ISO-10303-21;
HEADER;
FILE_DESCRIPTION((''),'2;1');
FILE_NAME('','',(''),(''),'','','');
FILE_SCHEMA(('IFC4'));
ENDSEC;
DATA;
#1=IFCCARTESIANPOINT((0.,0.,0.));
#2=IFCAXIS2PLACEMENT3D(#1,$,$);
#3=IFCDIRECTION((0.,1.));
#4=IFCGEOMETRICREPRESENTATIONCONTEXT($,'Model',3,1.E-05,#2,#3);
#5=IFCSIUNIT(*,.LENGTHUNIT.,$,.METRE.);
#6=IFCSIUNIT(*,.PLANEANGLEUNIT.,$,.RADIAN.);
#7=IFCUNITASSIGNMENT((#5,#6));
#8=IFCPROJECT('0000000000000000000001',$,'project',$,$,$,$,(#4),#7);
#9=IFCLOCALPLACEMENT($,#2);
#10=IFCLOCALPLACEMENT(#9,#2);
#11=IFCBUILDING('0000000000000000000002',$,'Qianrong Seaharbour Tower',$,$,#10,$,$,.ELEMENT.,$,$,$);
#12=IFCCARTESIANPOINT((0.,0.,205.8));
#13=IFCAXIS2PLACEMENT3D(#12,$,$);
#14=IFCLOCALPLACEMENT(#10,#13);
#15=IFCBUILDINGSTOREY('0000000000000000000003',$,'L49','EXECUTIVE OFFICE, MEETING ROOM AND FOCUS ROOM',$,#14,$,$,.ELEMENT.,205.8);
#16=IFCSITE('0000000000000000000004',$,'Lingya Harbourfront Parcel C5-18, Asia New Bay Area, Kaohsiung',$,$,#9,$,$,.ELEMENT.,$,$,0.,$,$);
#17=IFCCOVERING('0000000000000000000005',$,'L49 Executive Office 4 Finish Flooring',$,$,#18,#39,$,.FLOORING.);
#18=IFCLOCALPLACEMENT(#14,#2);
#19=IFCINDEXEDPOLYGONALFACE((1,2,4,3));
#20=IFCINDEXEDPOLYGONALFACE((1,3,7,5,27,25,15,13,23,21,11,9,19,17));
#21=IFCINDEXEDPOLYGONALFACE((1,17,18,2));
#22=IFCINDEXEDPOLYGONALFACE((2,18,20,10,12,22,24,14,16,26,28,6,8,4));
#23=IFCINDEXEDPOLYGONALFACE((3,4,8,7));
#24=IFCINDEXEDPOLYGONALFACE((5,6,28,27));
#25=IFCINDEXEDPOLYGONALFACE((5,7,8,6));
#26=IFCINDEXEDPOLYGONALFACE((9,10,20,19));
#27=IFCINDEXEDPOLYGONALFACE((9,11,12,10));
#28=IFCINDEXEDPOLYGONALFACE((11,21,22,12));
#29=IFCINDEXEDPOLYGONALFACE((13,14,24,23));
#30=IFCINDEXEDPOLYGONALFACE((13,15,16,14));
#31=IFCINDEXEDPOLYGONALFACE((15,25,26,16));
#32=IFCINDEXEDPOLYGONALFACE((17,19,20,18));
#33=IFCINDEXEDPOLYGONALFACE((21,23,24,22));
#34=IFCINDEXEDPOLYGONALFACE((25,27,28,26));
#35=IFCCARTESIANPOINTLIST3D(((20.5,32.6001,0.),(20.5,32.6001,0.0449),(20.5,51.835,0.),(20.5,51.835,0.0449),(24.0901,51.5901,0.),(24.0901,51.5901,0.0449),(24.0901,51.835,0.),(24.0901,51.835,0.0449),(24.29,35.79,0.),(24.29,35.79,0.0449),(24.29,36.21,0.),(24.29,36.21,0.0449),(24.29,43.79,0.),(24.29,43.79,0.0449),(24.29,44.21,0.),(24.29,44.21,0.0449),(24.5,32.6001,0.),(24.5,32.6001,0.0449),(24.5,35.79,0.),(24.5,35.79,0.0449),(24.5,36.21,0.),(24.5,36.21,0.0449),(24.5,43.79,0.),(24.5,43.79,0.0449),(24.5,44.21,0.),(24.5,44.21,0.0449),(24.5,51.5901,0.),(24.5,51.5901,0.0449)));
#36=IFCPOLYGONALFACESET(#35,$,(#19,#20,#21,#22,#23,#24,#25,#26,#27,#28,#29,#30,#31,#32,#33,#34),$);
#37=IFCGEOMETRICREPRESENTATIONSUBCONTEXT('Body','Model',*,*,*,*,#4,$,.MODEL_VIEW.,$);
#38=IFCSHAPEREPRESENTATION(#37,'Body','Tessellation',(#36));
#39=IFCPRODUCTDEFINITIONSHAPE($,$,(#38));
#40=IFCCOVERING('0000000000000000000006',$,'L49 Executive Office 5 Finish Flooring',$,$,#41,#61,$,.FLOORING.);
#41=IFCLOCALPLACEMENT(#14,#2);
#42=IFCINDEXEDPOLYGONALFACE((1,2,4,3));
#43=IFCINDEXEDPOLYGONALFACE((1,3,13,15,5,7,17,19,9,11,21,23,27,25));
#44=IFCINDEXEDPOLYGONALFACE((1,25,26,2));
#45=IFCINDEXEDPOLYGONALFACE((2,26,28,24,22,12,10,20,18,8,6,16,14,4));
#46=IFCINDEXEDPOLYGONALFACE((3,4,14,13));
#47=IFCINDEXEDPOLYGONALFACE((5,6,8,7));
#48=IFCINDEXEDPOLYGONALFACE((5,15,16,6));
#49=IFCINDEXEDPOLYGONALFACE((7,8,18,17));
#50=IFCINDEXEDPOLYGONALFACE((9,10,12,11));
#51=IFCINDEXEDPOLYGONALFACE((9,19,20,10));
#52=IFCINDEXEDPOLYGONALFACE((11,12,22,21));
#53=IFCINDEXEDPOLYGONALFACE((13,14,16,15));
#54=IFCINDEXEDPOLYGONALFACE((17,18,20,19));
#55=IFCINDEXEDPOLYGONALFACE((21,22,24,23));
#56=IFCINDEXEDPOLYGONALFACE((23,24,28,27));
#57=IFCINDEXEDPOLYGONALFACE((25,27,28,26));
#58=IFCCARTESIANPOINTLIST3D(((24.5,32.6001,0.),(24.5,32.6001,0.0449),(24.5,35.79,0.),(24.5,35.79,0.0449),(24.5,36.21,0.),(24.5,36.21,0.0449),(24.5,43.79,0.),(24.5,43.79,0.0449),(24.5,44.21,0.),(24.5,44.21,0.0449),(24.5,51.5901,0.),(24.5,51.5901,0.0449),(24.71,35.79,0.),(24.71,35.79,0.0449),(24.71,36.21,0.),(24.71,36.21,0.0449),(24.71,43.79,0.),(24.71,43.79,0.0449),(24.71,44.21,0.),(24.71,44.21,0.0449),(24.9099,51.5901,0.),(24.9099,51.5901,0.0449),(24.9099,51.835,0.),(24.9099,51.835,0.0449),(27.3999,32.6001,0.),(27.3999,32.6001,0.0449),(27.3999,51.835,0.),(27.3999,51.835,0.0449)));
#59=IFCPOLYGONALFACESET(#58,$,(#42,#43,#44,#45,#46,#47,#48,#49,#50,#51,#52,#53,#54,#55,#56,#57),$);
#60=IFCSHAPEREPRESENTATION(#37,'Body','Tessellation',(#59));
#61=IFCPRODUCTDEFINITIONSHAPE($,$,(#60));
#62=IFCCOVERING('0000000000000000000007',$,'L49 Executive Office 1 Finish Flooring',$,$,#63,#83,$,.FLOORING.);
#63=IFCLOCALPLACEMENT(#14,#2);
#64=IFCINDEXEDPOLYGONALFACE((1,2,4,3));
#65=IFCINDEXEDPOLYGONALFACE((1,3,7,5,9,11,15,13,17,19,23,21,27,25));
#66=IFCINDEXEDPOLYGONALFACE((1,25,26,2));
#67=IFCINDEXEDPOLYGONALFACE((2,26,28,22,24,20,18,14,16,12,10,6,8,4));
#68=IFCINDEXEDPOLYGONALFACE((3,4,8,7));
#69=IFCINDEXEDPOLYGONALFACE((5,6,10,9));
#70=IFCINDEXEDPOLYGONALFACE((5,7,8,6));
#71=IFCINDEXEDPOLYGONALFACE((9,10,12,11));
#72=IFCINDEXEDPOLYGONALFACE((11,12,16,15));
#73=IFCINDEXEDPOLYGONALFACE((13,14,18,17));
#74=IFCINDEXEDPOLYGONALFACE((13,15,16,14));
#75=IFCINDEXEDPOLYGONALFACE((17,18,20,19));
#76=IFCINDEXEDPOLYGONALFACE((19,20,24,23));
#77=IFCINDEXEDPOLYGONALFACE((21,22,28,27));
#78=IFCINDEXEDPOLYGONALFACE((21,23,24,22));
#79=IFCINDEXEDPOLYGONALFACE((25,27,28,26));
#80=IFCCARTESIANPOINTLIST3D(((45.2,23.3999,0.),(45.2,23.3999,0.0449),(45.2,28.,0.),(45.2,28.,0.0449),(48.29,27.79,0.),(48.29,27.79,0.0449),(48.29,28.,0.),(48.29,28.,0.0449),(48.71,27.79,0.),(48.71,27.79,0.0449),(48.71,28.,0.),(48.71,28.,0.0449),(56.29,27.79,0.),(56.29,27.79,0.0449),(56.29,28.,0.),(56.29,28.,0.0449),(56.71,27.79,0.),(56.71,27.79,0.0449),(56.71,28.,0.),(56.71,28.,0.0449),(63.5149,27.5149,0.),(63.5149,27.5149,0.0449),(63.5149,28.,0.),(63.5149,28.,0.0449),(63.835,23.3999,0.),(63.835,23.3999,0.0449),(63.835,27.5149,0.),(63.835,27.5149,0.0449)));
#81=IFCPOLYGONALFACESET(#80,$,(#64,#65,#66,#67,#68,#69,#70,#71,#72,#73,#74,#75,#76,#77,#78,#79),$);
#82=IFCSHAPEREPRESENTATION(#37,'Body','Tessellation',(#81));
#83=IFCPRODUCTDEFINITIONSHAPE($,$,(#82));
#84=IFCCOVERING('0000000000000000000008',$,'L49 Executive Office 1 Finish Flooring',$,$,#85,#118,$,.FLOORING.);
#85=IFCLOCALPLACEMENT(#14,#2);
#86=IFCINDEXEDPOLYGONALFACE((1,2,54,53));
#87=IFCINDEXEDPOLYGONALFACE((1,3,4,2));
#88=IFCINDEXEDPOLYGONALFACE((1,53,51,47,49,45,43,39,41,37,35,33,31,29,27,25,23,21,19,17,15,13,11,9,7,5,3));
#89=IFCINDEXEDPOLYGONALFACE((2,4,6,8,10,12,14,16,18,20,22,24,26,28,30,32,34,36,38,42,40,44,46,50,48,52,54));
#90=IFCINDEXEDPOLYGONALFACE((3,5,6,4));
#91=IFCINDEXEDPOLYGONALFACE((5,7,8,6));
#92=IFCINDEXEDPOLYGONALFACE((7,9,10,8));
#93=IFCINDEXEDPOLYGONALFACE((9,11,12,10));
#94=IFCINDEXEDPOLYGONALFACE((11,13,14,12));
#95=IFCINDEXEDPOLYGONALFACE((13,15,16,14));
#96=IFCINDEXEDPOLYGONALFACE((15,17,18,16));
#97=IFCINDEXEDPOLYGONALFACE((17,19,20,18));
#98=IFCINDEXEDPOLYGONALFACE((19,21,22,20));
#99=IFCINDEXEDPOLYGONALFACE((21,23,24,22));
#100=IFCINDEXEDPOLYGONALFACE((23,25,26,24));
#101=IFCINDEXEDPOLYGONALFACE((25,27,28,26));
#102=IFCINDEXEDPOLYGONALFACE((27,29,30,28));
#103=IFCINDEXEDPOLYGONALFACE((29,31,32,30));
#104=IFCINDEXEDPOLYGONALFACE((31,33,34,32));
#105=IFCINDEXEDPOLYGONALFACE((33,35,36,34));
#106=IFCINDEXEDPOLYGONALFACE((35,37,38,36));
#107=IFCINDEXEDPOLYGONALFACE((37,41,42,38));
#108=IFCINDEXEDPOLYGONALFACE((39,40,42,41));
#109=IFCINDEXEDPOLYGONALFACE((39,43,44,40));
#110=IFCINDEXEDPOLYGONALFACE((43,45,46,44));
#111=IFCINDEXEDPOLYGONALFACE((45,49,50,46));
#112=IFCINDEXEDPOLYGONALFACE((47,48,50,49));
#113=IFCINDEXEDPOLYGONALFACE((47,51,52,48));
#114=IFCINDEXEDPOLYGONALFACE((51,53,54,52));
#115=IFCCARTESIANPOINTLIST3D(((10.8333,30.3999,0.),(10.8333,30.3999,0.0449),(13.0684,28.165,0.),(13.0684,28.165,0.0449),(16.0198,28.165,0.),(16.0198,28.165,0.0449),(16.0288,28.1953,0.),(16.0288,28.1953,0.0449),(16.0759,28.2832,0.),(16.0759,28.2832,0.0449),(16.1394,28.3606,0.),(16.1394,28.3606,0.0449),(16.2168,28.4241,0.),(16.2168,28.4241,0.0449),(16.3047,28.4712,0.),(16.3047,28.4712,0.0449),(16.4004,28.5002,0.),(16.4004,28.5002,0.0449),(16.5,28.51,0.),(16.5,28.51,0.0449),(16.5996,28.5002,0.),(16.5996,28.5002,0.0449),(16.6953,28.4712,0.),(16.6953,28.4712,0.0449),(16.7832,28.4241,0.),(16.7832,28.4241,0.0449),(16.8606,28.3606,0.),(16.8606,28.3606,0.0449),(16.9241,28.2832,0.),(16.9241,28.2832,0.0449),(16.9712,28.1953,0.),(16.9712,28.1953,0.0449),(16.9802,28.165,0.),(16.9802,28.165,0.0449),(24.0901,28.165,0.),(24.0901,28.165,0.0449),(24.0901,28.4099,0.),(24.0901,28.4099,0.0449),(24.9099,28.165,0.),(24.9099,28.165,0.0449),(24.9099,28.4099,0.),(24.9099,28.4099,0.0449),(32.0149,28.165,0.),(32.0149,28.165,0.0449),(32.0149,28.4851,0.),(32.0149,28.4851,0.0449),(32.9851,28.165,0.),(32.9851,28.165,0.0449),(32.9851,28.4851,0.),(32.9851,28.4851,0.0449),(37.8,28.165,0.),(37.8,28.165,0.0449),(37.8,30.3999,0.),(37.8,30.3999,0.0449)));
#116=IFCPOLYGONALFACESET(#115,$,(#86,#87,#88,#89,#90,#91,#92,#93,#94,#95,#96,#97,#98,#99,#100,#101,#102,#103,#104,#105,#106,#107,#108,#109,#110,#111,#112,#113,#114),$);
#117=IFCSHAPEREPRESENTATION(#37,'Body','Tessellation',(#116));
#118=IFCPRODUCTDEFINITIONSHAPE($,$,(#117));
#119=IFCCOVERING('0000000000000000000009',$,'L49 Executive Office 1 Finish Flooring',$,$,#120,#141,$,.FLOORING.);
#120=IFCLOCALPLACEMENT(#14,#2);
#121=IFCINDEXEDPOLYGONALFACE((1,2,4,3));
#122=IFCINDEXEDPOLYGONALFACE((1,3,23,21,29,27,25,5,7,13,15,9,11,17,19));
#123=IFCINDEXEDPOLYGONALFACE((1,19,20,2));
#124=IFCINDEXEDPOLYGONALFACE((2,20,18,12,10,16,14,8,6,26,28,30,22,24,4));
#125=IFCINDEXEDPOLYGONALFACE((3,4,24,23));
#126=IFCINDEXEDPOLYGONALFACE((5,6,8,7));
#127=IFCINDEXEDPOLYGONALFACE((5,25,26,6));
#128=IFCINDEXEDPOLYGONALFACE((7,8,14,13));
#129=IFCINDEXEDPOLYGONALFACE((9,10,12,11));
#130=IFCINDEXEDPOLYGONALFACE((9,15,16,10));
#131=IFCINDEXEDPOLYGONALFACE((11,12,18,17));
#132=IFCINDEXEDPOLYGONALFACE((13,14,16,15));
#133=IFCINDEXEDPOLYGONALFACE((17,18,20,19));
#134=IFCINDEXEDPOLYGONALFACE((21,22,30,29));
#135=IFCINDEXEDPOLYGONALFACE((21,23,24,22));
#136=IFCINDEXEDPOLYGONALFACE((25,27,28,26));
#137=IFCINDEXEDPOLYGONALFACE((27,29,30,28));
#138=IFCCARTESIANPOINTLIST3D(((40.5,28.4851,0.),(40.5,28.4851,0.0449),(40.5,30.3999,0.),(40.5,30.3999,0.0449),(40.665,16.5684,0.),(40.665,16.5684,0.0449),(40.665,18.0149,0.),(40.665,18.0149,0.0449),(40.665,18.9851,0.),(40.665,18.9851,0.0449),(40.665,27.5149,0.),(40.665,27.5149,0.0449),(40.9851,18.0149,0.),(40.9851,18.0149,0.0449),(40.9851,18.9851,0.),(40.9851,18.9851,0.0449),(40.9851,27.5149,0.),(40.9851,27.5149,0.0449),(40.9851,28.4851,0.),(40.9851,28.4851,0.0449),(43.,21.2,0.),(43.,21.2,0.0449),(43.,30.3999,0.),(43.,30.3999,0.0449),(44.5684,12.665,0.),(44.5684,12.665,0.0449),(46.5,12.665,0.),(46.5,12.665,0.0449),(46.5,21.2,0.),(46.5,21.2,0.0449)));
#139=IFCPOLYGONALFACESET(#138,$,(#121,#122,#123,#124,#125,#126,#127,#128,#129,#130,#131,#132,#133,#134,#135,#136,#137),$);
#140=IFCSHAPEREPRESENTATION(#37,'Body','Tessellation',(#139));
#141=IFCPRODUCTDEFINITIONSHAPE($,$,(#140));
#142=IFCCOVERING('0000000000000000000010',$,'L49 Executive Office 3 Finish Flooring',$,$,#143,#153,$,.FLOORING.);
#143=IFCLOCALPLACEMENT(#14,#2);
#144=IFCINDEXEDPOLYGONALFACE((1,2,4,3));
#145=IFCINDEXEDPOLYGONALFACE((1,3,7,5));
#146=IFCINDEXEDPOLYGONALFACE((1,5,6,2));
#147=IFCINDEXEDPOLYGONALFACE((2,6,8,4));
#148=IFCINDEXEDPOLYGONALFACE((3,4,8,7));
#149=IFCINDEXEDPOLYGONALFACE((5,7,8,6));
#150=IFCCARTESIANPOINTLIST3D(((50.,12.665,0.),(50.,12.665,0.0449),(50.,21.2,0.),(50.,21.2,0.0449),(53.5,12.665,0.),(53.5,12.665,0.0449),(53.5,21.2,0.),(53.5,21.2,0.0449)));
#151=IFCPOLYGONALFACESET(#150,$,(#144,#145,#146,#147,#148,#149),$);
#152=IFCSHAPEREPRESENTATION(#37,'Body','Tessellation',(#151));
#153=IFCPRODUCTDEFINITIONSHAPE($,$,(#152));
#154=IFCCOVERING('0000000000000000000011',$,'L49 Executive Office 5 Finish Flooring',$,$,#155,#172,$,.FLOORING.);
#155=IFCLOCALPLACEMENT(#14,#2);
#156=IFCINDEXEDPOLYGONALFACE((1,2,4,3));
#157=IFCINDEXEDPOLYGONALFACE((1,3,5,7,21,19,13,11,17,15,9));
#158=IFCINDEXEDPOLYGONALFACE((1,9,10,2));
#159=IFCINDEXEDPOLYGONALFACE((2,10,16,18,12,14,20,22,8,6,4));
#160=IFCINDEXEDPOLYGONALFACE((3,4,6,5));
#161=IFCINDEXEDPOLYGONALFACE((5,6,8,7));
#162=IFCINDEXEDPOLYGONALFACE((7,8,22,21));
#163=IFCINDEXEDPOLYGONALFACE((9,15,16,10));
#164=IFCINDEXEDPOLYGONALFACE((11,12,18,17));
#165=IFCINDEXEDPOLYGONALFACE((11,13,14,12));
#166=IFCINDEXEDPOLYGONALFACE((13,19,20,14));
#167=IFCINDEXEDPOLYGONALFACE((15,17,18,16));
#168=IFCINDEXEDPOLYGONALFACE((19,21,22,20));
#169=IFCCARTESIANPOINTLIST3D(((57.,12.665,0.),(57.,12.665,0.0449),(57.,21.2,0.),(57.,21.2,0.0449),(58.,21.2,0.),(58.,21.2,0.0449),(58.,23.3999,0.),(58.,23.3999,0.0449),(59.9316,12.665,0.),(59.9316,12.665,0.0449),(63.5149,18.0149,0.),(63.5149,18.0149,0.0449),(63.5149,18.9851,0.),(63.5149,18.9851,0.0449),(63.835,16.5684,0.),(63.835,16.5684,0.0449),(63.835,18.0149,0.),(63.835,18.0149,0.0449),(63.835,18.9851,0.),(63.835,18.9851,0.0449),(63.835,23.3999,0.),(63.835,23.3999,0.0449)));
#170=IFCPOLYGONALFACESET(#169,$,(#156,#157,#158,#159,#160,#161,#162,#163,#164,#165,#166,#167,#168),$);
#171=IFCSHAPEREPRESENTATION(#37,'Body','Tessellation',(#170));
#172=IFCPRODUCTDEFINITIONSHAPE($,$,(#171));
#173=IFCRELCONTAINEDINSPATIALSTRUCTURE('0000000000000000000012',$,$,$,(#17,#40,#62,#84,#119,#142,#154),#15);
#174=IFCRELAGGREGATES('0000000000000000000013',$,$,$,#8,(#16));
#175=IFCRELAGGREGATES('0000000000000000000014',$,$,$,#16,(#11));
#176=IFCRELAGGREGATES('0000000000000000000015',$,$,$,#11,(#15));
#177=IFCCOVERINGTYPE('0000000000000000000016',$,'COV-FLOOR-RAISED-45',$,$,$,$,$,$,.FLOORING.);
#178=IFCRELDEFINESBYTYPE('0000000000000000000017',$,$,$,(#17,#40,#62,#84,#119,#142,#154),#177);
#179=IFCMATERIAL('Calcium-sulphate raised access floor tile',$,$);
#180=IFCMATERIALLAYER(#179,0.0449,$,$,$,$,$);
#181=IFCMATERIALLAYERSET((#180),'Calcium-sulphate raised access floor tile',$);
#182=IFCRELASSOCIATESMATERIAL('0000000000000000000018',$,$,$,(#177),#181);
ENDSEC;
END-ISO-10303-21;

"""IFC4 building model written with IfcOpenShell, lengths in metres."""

from ifc_helpers import new_model, si_unit, direction, frame, origin, place, context, subcontext, project, spatial, polyline, outline, extrude, material, layer, layer_set, type_object, element, save


model = new_model("IFC4")

# Units and contexts
model_context = context("Model", 3, precision=1e-05, world=origin(), true_north=direction((0.0, 1.0)))
body_context = subcontext(model_context, "Body", "Model", "MODEL_VIEW")
ifc_project = project(units=[si_unit("LENGTHUNIT", "METRE"), si_unit("PLANEANGLEUNIT", "RADIAN")], contexts=[model_context])

# Site, building, storey
site_placement = place(None, origin())
site = spatial("IfcSite", under=ifc_project, at=site_placement, Name="Lingya Harbourfront Parcel C5-18, Asia New Bay Area, Kaohsiung", CompositionType="ELEMENT", RefElevation=0.0)
building_placement = place(site_placement, origin())
building = spatial("IfcBuilding", under=site, at=building_placement, Name="Qianrong Seaharbour Tower", CompositionType="ELEMENT")
storey_placement = place(building_placement, frame((0.0, 0.0, 205.8)))
storey = spatial("IfcBuildingStorey", under=building, at=storey_placement, Name="L49", Description="EXECUTIVE OFFICE, MEETING ROOM AND FOCUS ROOM", CompositionType="ELEMENT", Elevation=205.8)

# Coverings
ifc_material_1 = material(Name="Calcium-sulphate raised access floor tile")
ifc_layer_1 = layer(ifc_material_1, 0.0449)
ifc_layer_set_1 = layer_set([ifc_layer_1], Name="Calcium-sulphate raised access floor tile")
covering_type_1 = type_object("IfcCoveringType", Name="COV-FLOOR-RAISED-45", PredefinedType="FLOORING", material=ifc_layer_set_1)
covering_1_placement = place(storey_placement, origin())
element("IfcCovering", 1, at=covering_1_placement, inside=storey, type_object=covering_type_1, Name="L49 Executive Office 4 Finish Flooring", PredefinedType="FLOORING", context=body_context, shape_type="SweptSolid", body=[
    extrude(outline(polyline([(24.0901, 51.835), (24.0901, 51.5901), (24.5, 51.5901), (24.5, 44.21), (24.29, 44.21), (24.29, 43.79), (24.5, 43.79), (24.5, 36.21), (24.29, 36.21), (24.29, 35.79), (24.5, 35.79), (24.5, 32.6001), (20.5, 32.6001), (20.5, 51.835), (24.0901, 51.835)])), origin(), (0.0, 0.0, 1.0), 0.0449),
])
covering_2_placement = place(storey_placement, origin())
element("IfcCovering", 2, at=covering_2_placement, inside=storey, type_object=covering_type_1, Name="L49 Executive Office 5 Finish Flooring", PredefinedType="FLOORING", context=body_context, shape_type="SweptSolid", body=[
    extrude(outline(polyline([(27.3999, 51.835), (27.3999, 32.6001), (24.5, 32.6001), (24.5, 35.79), (24.71, 35.79), (24.71, 36.21), (24.5, 36.21), (24.5, 43.79), (24.71, 43.79), (24.71, 44.21), (24.5, 44.21), (24.5, 51.5901), (24.9099, 51.5901), (24.9099, 51.835), (27.3999, 51.835)])), origin(), (0.0, 0.0, 1.0), 0.0449),
])
covering_3_placement = place(storey_placement, origin())
element("IfcCovering", 3, at=covering_3_placement, inside=storey, type_object=covering_type_1, Name="L49 Executive Office 1 Finish Flooring", PredefinedType="FLOORING", context=body_context, shape_type="SweptSolid", body=[
    extrude(outline(polyline([(48.29, 28.0), (48.29, 27.79), (48.71, 27.79), (48.71, 28.0), (56.29, 28.0), (56.29, 27.79), (56.71, 27.79), (56.71, 28.0), (63.5149, 28.0), (63.5149, 27.5149), (63.835, 27.5149), (63.835, 23.3999), (45.2, 23.3999), (45.2, 28.0), (48.29, 28.0)])), origin(), (0.0, 0.0, 1.0), 0.0449),
])
covering_4_placement = place(storey_placement, origin())
element("IfcCovering", 4, at=covering_4_placement, inside=storey, type_object=covering_type_1, Name="L49 Executive Office 1 Finish Flooring", PredefinedType="FLOORING", context=body_context, shape_type="SweptSolid", body=[
    extrude(outline(polyline([(32.9851, 28.165), (32.9851, 28.4851), (32.0149, 28.4851), (32.0149, 28.165), (24.9099, 28.165), (24.9099, 28.4099), (24.0901, 28.4099), (24.0901, 28.165), (16.9802, 28.165), (16.9712, 28.1953), (16.9241, 28.2832), (16.8606, 28.3606), (16.7832, 28.4241), (16.6953, 28.4712), (16.5996, 28.5002), (16.5, 28.51), (16.4004, 28.5002), (16.3047, 28.4712), (16.2168, 28.4241), (16.1394, 28.3606), (16.0759, 28.2832), (16.0288, 28.1953), (16.0198, 28.165), (13.0684, 28.165), (10.8333, 30.3999), (37.8, 30.3999), (37.8, 28.165), (32.9851, 28.165)])), origin(), (0.0, 0.0, 1.0), 0.0449),
])
covering_5_placement = place(storey_placement, origin())
element("IfcCovering", 5, at=covering_5_placement, inside=storey, type_object=covering_type_1, Name="L49 Executive Office 1 Finish Flooring", PredefinedType="FLOORING", context=body_context, shape_type="SweptSolid", body=[
    extrude(outline(polyline([(43.0, 21.2), (46.5, 21.2), (46.5, 12.665), (44.5684, 12.665), (40.665, 16.5684), (40.665, 18.0149), (40.9851, 18.0149), (40.9851, 18.9851), (40.665, 18.9851), (40.665, 27.5149), (40.9851, 27.5149), (40.9851, 28.4851), (40.5, 28.4851), (40.5, 30.3999), (43.0, 30.3999), (43.0, 21.2)])), origin(), (0.0, 0.0, 1.0), 0.0449),
])
covering_6_placement = place(storey_placement, origin())
element("IfcCovering", 6, at=covering_6_placement, inside=storey, type_object=covering_type_1, Name="L49 Executive Office 3 Finish Flooring", PredefinedType="FLOORING", context=body_context, shape_type="SweptSolid", body=[
    extrude(outline(polyline([(50.0, 12.665), (50.0, 21.2), (53.5, 21.2), (53.5, 12.665), (50.0, 12.665)])), origin(), (0.0, 0.0, 1.0), 0.0449),
])
covering_7_placement = place(storey_placement, origin())
element("IfcCovering", 7, at=covering_7_placement, inside=storey, type_object=covering_type_1, Name="L49 Executive Office 5 Finish Flooring", PredefinedType="FLOORING", context=body_context, shape_type="SweptSolid", body=[
    extrude(outline(polyline([(59.9316, 12.665), (57.0, 12.665), (57.0, 21.2), (58.0, 21.2), (58.0, 23.3999), (63.835, 23.3999), (63.835, 18.9851), (63.5149, 18.9851), (63.5149, 18.0149), (63.835, 18.0149), (63.835, 16.5684), (59.9316, 12.665)])), origin(), (0.0, 0.0, 1.0), 0.0449),
])

save(model, "model.ifc")
